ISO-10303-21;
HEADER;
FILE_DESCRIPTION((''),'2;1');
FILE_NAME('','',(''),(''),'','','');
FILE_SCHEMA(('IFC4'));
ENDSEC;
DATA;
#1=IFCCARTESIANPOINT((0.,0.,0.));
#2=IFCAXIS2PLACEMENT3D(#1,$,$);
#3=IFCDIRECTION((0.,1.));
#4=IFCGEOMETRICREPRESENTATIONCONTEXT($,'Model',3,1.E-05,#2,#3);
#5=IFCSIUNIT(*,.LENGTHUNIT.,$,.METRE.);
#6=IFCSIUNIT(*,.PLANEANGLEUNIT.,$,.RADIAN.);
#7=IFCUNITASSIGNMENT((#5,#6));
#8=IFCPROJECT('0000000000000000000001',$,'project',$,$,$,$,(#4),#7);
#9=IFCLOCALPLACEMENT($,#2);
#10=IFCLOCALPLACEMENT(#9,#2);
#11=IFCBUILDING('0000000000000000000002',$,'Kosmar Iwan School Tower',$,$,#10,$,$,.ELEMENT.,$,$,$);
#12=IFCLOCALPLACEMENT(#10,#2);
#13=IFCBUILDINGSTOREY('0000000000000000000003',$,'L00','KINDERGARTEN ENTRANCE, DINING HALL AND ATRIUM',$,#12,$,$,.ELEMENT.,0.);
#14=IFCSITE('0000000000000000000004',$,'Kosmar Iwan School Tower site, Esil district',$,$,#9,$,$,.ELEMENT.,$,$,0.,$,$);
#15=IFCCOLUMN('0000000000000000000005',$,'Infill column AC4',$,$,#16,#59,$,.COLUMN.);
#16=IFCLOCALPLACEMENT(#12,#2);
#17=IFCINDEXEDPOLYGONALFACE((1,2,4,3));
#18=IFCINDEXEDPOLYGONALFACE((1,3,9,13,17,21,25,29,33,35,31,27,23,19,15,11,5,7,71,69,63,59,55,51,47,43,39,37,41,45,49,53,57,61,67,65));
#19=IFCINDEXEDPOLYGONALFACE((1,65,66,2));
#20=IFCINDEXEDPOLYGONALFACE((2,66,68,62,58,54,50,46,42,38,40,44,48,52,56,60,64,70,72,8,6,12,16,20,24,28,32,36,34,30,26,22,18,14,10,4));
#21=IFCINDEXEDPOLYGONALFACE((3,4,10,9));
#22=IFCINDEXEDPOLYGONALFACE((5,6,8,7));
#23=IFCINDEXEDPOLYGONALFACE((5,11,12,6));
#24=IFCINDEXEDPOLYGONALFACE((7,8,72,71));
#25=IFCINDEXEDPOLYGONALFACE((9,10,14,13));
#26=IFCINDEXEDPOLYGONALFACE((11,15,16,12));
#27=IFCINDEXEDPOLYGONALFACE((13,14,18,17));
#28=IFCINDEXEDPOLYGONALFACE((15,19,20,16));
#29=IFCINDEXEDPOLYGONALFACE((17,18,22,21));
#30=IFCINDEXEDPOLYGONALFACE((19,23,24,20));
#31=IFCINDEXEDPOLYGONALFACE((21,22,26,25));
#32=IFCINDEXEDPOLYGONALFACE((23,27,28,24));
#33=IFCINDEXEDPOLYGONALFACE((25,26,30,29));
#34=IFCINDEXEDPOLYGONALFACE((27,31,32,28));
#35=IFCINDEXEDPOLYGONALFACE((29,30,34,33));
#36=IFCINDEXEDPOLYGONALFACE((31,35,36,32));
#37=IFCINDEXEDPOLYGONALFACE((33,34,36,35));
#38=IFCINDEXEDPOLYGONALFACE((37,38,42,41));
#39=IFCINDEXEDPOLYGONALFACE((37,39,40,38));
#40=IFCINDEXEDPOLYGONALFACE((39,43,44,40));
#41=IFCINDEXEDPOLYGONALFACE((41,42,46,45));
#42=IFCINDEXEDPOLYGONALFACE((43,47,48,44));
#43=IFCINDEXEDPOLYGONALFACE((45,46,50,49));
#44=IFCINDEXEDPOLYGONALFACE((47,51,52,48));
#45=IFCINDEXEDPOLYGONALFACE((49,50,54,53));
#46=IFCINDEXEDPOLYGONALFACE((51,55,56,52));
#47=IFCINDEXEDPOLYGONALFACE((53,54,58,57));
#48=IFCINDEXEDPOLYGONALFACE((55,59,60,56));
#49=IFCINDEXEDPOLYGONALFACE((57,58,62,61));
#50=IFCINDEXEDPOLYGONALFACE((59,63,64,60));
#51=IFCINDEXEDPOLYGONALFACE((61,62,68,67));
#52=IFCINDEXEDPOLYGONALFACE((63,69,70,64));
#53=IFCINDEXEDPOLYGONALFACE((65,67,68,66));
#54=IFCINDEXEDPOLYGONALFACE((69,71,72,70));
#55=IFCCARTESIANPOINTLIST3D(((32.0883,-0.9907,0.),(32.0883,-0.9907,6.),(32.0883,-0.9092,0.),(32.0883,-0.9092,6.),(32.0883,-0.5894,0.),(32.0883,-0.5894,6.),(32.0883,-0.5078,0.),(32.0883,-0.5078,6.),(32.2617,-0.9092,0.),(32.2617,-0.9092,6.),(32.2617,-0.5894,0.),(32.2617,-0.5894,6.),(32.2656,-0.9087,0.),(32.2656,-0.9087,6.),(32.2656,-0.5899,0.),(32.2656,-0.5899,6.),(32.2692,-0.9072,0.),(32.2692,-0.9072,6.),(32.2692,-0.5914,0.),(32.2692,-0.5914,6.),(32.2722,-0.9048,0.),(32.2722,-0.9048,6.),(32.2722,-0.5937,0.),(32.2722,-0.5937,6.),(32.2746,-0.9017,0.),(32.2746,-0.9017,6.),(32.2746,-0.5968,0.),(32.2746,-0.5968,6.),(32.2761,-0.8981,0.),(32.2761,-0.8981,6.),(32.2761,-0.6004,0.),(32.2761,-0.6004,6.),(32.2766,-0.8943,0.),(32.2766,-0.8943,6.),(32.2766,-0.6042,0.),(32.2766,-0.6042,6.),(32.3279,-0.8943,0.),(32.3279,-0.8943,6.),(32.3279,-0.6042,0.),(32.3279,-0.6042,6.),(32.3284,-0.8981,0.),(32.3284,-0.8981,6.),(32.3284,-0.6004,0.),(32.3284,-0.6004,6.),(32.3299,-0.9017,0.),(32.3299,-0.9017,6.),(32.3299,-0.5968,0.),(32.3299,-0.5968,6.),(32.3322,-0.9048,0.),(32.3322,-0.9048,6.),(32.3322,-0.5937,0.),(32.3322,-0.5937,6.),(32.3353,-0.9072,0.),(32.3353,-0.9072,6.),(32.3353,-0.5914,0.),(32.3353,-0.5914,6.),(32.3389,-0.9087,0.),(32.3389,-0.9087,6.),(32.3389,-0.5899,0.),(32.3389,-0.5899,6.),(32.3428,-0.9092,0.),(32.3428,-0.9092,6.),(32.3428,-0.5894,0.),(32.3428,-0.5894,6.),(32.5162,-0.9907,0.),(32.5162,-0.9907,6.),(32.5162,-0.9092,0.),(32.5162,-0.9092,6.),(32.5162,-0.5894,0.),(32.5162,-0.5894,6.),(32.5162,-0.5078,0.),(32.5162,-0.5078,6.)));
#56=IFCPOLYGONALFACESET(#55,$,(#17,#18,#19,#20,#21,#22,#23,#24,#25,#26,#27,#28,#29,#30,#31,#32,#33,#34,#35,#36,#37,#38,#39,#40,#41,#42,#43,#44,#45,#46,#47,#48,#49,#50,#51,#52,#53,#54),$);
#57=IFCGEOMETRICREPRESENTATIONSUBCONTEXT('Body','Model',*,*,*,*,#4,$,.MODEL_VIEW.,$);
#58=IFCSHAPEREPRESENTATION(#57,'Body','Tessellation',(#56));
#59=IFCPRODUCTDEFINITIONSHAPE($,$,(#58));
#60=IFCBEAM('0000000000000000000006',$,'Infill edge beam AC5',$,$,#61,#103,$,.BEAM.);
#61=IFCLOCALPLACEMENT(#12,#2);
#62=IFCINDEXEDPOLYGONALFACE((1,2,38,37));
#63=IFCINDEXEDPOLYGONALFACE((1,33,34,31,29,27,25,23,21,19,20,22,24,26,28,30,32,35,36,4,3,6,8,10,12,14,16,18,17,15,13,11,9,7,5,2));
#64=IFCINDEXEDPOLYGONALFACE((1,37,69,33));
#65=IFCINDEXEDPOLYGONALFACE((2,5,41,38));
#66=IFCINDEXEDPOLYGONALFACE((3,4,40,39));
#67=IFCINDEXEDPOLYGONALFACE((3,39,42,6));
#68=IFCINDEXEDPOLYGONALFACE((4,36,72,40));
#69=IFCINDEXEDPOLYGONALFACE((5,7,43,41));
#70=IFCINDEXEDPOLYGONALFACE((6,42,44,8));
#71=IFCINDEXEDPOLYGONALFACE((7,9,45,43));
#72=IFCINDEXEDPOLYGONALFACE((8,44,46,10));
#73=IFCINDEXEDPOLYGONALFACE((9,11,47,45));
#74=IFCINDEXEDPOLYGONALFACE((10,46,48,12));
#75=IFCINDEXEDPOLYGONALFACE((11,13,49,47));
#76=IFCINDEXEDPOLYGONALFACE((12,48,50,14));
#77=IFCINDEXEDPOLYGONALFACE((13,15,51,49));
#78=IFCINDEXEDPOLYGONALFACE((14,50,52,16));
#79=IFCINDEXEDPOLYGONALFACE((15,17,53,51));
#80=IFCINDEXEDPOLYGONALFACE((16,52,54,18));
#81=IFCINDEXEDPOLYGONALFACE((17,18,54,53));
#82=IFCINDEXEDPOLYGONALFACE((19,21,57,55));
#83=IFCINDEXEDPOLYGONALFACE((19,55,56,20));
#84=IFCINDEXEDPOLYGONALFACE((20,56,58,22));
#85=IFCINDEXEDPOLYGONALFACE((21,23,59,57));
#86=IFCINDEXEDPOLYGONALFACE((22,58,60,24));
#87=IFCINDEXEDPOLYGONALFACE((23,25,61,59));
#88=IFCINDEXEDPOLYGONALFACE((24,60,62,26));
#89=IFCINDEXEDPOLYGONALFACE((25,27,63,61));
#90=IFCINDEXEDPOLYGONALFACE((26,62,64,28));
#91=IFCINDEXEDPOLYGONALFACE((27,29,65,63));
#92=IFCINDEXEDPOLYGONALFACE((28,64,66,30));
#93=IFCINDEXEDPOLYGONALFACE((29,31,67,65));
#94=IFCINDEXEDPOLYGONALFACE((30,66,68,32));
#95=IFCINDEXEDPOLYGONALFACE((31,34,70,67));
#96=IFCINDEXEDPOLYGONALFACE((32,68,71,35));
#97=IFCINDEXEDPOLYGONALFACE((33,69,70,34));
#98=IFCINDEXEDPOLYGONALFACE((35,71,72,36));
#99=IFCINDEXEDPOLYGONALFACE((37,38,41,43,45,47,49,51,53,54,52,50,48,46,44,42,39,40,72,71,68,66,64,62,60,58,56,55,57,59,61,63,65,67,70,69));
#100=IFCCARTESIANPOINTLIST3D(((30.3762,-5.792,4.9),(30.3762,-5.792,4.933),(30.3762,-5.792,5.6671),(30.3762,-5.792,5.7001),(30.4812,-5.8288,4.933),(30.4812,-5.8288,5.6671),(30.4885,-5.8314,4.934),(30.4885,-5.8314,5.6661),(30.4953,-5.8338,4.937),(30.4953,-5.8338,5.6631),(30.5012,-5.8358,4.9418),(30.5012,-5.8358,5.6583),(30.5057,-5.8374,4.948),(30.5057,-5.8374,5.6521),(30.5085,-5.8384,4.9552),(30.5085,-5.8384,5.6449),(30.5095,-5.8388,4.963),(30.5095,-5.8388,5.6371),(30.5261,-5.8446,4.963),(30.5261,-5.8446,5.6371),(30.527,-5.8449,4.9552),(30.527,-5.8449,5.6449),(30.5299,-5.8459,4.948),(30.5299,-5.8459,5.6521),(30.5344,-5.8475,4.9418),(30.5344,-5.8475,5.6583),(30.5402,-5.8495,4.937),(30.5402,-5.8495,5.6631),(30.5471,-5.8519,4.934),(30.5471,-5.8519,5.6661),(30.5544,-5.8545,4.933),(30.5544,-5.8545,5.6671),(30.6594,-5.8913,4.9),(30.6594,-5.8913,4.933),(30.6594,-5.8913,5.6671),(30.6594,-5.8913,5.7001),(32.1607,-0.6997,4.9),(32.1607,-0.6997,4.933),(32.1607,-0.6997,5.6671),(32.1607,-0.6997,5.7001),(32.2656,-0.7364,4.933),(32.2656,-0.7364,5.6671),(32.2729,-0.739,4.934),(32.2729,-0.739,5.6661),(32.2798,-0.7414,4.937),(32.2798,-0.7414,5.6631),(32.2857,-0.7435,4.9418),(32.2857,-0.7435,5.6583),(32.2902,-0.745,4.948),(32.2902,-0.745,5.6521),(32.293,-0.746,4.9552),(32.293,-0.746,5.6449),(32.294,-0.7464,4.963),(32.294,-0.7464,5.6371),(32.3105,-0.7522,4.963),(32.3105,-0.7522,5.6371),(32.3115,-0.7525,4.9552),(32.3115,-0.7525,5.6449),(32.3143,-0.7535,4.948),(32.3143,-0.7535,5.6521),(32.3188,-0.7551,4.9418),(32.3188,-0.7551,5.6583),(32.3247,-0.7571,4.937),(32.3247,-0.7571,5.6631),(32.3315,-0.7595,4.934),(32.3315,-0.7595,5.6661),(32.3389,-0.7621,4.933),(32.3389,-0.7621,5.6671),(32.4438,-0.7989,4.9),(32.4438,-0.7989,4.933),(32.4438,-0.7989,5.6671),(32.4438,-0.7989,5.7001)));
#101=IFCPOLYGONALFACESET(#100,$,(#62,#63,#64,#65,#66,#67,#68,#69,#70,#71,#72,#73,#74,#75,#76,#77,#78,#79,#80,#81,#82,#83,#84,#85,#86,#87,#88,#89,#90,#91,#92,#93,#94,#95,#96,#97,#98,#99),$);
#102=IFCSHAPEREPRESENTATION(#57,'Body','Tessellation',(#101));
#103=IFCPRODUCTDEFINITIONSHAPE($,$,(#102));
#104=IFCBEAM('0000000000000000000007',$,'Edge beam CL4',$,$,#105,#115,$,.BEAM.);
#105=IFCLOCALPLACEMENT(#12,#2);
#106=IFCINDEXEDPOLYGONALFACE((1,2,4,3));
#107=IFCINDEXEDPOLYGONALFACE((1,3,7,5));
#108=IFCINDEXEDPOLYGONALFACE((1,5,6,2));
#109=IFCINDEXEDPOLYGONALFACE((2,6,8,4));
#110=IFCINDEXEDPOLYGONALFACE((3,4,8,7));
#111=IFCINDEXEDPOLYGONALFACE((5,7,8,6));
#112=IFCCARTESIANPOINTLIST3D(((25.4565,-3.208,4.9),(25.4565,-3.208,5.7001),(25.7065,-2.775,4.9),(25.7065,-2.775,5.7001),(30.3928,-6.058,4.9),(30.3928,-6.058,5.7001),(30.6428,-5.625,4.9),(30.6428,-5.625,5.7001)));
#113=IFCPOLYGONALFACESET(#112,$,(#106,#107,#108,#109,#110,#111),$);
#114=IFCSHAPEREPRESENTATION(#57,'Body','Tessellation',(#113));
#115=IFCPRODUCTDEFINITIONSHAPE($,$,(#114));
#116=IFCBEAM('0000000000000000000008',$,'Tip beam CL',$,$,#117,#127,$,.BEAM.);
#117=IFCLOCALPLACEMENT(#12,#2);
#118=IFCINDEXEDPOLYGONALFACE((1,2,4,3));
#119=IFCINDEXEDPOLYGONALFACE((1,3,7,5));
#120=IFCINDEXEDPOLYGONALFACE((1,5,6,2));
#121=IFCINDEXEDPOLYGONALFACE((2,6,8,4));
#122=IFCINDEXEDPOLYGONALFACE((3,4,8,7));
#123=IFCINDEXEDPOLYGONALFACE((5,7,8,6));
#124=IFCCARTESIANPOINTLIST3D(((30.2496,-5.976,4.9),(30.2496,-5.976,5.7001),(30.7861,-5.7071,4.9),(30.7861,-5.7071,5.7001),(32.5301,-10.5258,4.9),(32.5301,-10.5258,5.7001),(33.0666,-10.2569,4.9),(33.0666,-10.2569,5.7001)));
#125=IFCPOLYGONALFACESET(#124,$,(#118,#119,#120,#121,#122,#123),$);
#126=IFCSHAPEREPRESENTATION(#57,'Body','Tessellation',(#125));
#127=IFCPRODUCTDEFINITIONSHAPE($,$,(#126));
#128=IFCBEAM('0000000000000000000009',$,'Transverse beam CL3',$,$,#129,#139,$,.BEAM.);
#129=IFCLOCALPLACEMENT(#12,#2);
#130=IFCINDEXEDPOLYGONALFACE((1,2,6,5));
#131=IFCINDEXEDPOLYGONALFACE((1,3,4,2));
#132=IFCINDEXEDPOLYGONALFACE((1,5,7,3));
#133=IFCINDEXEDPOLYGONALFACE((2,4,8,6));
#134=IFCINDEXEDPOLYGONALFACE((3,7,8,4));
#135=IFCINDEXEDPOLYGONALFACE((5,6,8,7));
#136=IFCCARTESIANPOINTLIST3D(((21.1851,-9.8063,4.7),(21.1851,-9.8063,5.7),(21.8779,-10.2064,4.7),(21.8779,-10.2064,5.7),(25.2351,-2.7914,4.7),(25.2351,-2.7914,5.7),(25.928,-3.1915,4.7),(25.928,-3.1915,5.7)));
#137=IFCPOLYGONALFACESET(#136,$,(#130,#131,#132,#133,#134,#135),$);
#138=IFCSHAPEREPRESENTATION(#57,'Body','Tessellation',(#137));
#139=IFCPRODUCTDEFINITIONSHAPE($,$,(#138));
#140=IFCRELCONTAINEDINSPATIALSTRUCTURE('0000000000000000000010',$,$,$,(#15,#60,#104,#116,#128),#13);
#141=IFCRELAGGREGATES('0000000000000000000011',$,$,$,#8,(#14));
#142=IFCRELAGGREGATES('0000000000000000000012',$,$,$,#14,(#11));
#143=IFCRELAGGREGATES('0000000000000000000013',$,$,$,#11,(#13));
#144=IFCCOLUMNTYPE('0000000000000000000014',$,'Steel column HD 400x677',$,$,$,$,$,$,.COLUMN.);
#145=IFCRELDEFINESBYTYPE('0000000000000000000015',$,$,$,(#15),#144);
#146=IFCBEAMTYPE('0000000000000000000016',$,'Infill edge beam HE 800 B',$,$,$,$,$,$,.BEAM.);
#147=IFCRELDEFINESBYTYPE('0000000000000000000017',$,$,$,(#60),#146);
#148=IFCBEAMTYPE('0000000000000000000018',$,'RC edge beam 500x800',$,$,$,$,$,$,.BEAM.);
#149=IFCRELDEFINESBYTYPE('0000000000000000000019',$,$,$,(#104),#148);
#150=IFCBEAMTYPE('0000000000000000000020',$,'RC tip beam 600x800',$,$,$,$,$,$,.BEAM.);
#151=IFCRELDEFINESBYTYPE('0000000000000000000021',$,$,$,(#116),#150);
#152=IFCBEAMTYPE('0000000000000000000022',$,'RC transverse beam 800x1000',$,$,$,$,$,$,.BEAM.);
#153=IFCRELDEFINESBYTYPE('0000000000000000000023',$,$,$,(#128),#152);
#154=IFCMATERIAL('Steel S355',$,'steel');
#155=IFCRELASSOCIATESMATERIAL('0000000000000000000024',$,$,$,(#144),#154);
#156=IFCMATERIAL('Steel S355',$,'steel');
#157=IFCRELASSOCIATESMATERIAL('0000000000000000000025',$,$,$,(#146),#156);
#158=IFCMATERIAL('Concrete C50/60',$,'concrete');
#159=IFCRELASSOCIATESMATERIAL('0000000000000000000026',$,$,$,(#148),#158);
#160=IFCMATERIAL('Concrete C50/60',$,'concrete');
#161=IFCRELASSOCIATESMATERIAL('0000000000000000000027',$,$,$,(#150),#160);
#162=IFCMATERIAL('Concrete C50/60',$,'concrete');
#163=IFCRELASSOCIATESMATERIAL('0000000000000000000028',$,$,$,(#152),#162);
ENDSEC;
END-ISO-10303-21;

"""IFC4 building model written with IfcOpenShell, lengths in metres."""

from ifc_helpers import new_model, si_unit, direction, frame, origin, origin_2d, place, context, subcontext, project, spatial, rectangle, i_section, extrude, material, material_profile, profile_set, type_object, element, save


model = new_model("IFC4")

# Units and contexts
model_context = context("Model", 3, precision=1e-05, world=origin(), true_north=direction((0.0, 1.0)))
body_context = subcontext(model_context, "Body", "Model", "MODEL_VIEW")
ifc_project = project(units=[si_unit("LENGTHUNIT", "METRE"), si_unit("PLANEANGLEUNIT", "RADIAN")], contexts=[model_context])

# Site, building, storey
site_placement = place(None, origin())
site = spatial("IfcSite", under=ifc_project, at=site_placement, Name="Kosmar Iwan School Tower site, Esil district", CompositionType="ELEMENT", RefElevation=0.0)
building_placement = place(site_placement, origin())
building = spatial("IfcBuilding", under=site, at=building_placement, Name="Kosmar Iwan School Tower", CompositionType="ELEMENT")
storey_placement = place(building_placement, origin())
storey = spatial("IfcBuildingStorey", under=building, at=storey_placement, Name="L00", Description="KINDERGARTEN ENTRANCE, DINING HALL AND ATRIUM", CompositionType="ELEMENT", Elevation=0.0)

# Column
ifc_material_1 = material(Name="Steel S355", Category="steel")
ifc_material_profile_1 = material_profile(ifc_material_1, i_section(OverallWidth=0.428, OverallDepth=0.4829, WebThickness=0.0513, FlangeThickness=0.0815, FilletRadius=0.0149, at=origin_2d()), Name="HD 400x677")
ifc_profile_set_1 = profile_set([ifc_material_profile_1], Name="Steel S355")
column_type = type_object("IfcColumnType", Name="Steel column HD 400x677", PredefinedType="COLUMN", material=ifc_profile_set_1)
column_placement = place(storey_placement, frame((32.3022, -0.7493, 0.0), z_axis=(0.0, 0.0, 1.0), x_axis=(1.0, 0.0, 0.0)))
element("IfcColumn", 1, at=column_placement, inside=storey, type_object=column_type, Name="Infill column AC4", PredefinedType="COLUMN", context=body_context, shape_type="SweptSolid", body=[
    extrude(i_section(OverallWidth=0.428, OverallDepth=0.4829, WebThickness=0.0513, FlangeThickness=0.0815, FilletRadius=0.0149, at=origin_2d()), origin(), (0.0, 0.0, 1.0), 6.0),
])

# Beams
ifc_material_2 = material(Name="Steel S355", Category="steel")
ifc_material_profile_2 = material_profile(ifc_material_2, i_section(OverallWidth=0.3, OverallDepth=0.8, WebThickness=0.0176, FlangeThickness=0.033, FilletRadius=0.03, at=origin_2d()), Name="HE 800 B")
ifc_profile_set_2 = profile_set([ifc_material_profile_2], Name="Steel S355")
beam_type_1 = type_object("IfcBeamType", Name="Infill edge beam HE 800 B", PredefinedType="BEAM", material=ifc_profile_set_2)
beam_1_placement = place(storey_placement, frame((32.3022, -0.7493, 5.3), z_axis=(-0.330701, -0.943736, 0.0), x_axis=(0.943736, -0.330701, 0.0)))
element("IfcBeam", 2, at=beam_1_placement, inside=storey, type_object=beam_type_1, Name="Infill edge beam AC5", PredefinedType="BEAM", context=body_context, shape_type="SweptSolid", body=[
    extrude(i_section(OverallWidth=0.3, OverallDepth=0.8, WebThickness=0.0176, FlangeThickness=0.033, FilletRadius=0.03, at=origin_2d()), origin(), (0.0, 0.0, 1.0), 5.396),
])
ifc_material_3 = material(Name="Concrete C50/60", Category="concrete")
ifc_material_profile_3 = material_profile(ifc_material_3, rectangle(XDim=0.5, YDim=0.8, at=origin_2d()), Name="RC 500x800")
ifc_profile_set_3 = profile_set([ifc_material_profile_3], Name="Concrete C50/60")
beam_type_2 = type_object("IfcBeamType", Name="RC edge beam 500x800", PredefinedType="BEAM", material=ifc_profile_set_3)
beam_2_placement = place(storey_placement, frame((25.5815, -2.9915, 5.3), z_axis=(0.866015, -0.500018, 0.0), x_axis=(0.500018, 0.866015, 0.0)))
element("IfcBeam", 3, at=beam_2_placement, inside=storey, type_object=beam_type_2, Name="Edge beam CL4", PredefinedType="BEAM", context=body_context, shape_type="SweptSolid", body=[
    extrude(rectangle(XDim=0.5, YDim=0.8, at=origin_2d()), origin(), (0.0, 0.0, 1.0), 5.7),
])
ifc_material_4 = material(Name="Concrete C50/60", Category="concrete")
ifc_material_profile_4 = material_profile(ifc_material_4, rectangle(XDim=0.6001, YDim=0.8, at=origin_2d()), Name="RC 600x800")
ifc_profile_set_4 = profile_set([ifc_material_profile_4], Name="Concrete C50/60")
beam_type_3 = type_object("IfcBeamType", Name="RC tip beam 600x800", PredefinedType="BEAM", material=ifc_profile_set_4)
beam_3_placement = place(storey_placement, frame((30.5178, -5.8416, 5.3), z_axis=(0.448096, -0.893985, 0.0), x_axis=(0.893985, 0.448096, 0.0)))
element("IfcBeam", 4, at=beam_3_placement, inside=storey, type_object=beam_type_3, Name="Tip beam CL", PredefinedType="BEAM", context=body_context, shape_type="SweptSolid", body=[
    extrude(rectangle(XDim=0.6001, YDim=0.8, at=origin_2d()), origin(), (0.0, 0.0, 1.0), 5.0894),
])
ifc_material_5 = material(Name="Concrete C50/60", Category="concrete")
ifc_material_profile_5 = material_profile(ifc_material_5, rectangle(XDim=0.8, YDim=1.0, at=origin_2d()), Name="RC 800x1000")
ifc_profile_set_5 = profile_set([ifc_material_profile_5], Name="Concrete C50/60")
beam_type_4 = type_object("IfcBeamType", Name="RC transverse beam 800x1000", PredefinedType="BEAM", material=ifc_profile_set_5)
beam_4_placement = place(storey_placement, frame((25.5815, -2.9915, 5.2), z_axis=(-0.5, -0.866025, 0.0), x_axis=(0.866025, -0.5, 0.0)))
element("IfcBeam", 5, at=beam_4_placement, inside=storey, type_object=beam_type_4, Name="Transverse beam CL3", PredefinedType="BEAM", context=body_context, shape_type="SweptSolid", body=[
    extrude(rectangle(XDim=0.8, YDim=1.0, at=origin_2d()), origin(), (0.0, 0.0, 1.0), 8.1001),
])

save(model, "model.ifc")
